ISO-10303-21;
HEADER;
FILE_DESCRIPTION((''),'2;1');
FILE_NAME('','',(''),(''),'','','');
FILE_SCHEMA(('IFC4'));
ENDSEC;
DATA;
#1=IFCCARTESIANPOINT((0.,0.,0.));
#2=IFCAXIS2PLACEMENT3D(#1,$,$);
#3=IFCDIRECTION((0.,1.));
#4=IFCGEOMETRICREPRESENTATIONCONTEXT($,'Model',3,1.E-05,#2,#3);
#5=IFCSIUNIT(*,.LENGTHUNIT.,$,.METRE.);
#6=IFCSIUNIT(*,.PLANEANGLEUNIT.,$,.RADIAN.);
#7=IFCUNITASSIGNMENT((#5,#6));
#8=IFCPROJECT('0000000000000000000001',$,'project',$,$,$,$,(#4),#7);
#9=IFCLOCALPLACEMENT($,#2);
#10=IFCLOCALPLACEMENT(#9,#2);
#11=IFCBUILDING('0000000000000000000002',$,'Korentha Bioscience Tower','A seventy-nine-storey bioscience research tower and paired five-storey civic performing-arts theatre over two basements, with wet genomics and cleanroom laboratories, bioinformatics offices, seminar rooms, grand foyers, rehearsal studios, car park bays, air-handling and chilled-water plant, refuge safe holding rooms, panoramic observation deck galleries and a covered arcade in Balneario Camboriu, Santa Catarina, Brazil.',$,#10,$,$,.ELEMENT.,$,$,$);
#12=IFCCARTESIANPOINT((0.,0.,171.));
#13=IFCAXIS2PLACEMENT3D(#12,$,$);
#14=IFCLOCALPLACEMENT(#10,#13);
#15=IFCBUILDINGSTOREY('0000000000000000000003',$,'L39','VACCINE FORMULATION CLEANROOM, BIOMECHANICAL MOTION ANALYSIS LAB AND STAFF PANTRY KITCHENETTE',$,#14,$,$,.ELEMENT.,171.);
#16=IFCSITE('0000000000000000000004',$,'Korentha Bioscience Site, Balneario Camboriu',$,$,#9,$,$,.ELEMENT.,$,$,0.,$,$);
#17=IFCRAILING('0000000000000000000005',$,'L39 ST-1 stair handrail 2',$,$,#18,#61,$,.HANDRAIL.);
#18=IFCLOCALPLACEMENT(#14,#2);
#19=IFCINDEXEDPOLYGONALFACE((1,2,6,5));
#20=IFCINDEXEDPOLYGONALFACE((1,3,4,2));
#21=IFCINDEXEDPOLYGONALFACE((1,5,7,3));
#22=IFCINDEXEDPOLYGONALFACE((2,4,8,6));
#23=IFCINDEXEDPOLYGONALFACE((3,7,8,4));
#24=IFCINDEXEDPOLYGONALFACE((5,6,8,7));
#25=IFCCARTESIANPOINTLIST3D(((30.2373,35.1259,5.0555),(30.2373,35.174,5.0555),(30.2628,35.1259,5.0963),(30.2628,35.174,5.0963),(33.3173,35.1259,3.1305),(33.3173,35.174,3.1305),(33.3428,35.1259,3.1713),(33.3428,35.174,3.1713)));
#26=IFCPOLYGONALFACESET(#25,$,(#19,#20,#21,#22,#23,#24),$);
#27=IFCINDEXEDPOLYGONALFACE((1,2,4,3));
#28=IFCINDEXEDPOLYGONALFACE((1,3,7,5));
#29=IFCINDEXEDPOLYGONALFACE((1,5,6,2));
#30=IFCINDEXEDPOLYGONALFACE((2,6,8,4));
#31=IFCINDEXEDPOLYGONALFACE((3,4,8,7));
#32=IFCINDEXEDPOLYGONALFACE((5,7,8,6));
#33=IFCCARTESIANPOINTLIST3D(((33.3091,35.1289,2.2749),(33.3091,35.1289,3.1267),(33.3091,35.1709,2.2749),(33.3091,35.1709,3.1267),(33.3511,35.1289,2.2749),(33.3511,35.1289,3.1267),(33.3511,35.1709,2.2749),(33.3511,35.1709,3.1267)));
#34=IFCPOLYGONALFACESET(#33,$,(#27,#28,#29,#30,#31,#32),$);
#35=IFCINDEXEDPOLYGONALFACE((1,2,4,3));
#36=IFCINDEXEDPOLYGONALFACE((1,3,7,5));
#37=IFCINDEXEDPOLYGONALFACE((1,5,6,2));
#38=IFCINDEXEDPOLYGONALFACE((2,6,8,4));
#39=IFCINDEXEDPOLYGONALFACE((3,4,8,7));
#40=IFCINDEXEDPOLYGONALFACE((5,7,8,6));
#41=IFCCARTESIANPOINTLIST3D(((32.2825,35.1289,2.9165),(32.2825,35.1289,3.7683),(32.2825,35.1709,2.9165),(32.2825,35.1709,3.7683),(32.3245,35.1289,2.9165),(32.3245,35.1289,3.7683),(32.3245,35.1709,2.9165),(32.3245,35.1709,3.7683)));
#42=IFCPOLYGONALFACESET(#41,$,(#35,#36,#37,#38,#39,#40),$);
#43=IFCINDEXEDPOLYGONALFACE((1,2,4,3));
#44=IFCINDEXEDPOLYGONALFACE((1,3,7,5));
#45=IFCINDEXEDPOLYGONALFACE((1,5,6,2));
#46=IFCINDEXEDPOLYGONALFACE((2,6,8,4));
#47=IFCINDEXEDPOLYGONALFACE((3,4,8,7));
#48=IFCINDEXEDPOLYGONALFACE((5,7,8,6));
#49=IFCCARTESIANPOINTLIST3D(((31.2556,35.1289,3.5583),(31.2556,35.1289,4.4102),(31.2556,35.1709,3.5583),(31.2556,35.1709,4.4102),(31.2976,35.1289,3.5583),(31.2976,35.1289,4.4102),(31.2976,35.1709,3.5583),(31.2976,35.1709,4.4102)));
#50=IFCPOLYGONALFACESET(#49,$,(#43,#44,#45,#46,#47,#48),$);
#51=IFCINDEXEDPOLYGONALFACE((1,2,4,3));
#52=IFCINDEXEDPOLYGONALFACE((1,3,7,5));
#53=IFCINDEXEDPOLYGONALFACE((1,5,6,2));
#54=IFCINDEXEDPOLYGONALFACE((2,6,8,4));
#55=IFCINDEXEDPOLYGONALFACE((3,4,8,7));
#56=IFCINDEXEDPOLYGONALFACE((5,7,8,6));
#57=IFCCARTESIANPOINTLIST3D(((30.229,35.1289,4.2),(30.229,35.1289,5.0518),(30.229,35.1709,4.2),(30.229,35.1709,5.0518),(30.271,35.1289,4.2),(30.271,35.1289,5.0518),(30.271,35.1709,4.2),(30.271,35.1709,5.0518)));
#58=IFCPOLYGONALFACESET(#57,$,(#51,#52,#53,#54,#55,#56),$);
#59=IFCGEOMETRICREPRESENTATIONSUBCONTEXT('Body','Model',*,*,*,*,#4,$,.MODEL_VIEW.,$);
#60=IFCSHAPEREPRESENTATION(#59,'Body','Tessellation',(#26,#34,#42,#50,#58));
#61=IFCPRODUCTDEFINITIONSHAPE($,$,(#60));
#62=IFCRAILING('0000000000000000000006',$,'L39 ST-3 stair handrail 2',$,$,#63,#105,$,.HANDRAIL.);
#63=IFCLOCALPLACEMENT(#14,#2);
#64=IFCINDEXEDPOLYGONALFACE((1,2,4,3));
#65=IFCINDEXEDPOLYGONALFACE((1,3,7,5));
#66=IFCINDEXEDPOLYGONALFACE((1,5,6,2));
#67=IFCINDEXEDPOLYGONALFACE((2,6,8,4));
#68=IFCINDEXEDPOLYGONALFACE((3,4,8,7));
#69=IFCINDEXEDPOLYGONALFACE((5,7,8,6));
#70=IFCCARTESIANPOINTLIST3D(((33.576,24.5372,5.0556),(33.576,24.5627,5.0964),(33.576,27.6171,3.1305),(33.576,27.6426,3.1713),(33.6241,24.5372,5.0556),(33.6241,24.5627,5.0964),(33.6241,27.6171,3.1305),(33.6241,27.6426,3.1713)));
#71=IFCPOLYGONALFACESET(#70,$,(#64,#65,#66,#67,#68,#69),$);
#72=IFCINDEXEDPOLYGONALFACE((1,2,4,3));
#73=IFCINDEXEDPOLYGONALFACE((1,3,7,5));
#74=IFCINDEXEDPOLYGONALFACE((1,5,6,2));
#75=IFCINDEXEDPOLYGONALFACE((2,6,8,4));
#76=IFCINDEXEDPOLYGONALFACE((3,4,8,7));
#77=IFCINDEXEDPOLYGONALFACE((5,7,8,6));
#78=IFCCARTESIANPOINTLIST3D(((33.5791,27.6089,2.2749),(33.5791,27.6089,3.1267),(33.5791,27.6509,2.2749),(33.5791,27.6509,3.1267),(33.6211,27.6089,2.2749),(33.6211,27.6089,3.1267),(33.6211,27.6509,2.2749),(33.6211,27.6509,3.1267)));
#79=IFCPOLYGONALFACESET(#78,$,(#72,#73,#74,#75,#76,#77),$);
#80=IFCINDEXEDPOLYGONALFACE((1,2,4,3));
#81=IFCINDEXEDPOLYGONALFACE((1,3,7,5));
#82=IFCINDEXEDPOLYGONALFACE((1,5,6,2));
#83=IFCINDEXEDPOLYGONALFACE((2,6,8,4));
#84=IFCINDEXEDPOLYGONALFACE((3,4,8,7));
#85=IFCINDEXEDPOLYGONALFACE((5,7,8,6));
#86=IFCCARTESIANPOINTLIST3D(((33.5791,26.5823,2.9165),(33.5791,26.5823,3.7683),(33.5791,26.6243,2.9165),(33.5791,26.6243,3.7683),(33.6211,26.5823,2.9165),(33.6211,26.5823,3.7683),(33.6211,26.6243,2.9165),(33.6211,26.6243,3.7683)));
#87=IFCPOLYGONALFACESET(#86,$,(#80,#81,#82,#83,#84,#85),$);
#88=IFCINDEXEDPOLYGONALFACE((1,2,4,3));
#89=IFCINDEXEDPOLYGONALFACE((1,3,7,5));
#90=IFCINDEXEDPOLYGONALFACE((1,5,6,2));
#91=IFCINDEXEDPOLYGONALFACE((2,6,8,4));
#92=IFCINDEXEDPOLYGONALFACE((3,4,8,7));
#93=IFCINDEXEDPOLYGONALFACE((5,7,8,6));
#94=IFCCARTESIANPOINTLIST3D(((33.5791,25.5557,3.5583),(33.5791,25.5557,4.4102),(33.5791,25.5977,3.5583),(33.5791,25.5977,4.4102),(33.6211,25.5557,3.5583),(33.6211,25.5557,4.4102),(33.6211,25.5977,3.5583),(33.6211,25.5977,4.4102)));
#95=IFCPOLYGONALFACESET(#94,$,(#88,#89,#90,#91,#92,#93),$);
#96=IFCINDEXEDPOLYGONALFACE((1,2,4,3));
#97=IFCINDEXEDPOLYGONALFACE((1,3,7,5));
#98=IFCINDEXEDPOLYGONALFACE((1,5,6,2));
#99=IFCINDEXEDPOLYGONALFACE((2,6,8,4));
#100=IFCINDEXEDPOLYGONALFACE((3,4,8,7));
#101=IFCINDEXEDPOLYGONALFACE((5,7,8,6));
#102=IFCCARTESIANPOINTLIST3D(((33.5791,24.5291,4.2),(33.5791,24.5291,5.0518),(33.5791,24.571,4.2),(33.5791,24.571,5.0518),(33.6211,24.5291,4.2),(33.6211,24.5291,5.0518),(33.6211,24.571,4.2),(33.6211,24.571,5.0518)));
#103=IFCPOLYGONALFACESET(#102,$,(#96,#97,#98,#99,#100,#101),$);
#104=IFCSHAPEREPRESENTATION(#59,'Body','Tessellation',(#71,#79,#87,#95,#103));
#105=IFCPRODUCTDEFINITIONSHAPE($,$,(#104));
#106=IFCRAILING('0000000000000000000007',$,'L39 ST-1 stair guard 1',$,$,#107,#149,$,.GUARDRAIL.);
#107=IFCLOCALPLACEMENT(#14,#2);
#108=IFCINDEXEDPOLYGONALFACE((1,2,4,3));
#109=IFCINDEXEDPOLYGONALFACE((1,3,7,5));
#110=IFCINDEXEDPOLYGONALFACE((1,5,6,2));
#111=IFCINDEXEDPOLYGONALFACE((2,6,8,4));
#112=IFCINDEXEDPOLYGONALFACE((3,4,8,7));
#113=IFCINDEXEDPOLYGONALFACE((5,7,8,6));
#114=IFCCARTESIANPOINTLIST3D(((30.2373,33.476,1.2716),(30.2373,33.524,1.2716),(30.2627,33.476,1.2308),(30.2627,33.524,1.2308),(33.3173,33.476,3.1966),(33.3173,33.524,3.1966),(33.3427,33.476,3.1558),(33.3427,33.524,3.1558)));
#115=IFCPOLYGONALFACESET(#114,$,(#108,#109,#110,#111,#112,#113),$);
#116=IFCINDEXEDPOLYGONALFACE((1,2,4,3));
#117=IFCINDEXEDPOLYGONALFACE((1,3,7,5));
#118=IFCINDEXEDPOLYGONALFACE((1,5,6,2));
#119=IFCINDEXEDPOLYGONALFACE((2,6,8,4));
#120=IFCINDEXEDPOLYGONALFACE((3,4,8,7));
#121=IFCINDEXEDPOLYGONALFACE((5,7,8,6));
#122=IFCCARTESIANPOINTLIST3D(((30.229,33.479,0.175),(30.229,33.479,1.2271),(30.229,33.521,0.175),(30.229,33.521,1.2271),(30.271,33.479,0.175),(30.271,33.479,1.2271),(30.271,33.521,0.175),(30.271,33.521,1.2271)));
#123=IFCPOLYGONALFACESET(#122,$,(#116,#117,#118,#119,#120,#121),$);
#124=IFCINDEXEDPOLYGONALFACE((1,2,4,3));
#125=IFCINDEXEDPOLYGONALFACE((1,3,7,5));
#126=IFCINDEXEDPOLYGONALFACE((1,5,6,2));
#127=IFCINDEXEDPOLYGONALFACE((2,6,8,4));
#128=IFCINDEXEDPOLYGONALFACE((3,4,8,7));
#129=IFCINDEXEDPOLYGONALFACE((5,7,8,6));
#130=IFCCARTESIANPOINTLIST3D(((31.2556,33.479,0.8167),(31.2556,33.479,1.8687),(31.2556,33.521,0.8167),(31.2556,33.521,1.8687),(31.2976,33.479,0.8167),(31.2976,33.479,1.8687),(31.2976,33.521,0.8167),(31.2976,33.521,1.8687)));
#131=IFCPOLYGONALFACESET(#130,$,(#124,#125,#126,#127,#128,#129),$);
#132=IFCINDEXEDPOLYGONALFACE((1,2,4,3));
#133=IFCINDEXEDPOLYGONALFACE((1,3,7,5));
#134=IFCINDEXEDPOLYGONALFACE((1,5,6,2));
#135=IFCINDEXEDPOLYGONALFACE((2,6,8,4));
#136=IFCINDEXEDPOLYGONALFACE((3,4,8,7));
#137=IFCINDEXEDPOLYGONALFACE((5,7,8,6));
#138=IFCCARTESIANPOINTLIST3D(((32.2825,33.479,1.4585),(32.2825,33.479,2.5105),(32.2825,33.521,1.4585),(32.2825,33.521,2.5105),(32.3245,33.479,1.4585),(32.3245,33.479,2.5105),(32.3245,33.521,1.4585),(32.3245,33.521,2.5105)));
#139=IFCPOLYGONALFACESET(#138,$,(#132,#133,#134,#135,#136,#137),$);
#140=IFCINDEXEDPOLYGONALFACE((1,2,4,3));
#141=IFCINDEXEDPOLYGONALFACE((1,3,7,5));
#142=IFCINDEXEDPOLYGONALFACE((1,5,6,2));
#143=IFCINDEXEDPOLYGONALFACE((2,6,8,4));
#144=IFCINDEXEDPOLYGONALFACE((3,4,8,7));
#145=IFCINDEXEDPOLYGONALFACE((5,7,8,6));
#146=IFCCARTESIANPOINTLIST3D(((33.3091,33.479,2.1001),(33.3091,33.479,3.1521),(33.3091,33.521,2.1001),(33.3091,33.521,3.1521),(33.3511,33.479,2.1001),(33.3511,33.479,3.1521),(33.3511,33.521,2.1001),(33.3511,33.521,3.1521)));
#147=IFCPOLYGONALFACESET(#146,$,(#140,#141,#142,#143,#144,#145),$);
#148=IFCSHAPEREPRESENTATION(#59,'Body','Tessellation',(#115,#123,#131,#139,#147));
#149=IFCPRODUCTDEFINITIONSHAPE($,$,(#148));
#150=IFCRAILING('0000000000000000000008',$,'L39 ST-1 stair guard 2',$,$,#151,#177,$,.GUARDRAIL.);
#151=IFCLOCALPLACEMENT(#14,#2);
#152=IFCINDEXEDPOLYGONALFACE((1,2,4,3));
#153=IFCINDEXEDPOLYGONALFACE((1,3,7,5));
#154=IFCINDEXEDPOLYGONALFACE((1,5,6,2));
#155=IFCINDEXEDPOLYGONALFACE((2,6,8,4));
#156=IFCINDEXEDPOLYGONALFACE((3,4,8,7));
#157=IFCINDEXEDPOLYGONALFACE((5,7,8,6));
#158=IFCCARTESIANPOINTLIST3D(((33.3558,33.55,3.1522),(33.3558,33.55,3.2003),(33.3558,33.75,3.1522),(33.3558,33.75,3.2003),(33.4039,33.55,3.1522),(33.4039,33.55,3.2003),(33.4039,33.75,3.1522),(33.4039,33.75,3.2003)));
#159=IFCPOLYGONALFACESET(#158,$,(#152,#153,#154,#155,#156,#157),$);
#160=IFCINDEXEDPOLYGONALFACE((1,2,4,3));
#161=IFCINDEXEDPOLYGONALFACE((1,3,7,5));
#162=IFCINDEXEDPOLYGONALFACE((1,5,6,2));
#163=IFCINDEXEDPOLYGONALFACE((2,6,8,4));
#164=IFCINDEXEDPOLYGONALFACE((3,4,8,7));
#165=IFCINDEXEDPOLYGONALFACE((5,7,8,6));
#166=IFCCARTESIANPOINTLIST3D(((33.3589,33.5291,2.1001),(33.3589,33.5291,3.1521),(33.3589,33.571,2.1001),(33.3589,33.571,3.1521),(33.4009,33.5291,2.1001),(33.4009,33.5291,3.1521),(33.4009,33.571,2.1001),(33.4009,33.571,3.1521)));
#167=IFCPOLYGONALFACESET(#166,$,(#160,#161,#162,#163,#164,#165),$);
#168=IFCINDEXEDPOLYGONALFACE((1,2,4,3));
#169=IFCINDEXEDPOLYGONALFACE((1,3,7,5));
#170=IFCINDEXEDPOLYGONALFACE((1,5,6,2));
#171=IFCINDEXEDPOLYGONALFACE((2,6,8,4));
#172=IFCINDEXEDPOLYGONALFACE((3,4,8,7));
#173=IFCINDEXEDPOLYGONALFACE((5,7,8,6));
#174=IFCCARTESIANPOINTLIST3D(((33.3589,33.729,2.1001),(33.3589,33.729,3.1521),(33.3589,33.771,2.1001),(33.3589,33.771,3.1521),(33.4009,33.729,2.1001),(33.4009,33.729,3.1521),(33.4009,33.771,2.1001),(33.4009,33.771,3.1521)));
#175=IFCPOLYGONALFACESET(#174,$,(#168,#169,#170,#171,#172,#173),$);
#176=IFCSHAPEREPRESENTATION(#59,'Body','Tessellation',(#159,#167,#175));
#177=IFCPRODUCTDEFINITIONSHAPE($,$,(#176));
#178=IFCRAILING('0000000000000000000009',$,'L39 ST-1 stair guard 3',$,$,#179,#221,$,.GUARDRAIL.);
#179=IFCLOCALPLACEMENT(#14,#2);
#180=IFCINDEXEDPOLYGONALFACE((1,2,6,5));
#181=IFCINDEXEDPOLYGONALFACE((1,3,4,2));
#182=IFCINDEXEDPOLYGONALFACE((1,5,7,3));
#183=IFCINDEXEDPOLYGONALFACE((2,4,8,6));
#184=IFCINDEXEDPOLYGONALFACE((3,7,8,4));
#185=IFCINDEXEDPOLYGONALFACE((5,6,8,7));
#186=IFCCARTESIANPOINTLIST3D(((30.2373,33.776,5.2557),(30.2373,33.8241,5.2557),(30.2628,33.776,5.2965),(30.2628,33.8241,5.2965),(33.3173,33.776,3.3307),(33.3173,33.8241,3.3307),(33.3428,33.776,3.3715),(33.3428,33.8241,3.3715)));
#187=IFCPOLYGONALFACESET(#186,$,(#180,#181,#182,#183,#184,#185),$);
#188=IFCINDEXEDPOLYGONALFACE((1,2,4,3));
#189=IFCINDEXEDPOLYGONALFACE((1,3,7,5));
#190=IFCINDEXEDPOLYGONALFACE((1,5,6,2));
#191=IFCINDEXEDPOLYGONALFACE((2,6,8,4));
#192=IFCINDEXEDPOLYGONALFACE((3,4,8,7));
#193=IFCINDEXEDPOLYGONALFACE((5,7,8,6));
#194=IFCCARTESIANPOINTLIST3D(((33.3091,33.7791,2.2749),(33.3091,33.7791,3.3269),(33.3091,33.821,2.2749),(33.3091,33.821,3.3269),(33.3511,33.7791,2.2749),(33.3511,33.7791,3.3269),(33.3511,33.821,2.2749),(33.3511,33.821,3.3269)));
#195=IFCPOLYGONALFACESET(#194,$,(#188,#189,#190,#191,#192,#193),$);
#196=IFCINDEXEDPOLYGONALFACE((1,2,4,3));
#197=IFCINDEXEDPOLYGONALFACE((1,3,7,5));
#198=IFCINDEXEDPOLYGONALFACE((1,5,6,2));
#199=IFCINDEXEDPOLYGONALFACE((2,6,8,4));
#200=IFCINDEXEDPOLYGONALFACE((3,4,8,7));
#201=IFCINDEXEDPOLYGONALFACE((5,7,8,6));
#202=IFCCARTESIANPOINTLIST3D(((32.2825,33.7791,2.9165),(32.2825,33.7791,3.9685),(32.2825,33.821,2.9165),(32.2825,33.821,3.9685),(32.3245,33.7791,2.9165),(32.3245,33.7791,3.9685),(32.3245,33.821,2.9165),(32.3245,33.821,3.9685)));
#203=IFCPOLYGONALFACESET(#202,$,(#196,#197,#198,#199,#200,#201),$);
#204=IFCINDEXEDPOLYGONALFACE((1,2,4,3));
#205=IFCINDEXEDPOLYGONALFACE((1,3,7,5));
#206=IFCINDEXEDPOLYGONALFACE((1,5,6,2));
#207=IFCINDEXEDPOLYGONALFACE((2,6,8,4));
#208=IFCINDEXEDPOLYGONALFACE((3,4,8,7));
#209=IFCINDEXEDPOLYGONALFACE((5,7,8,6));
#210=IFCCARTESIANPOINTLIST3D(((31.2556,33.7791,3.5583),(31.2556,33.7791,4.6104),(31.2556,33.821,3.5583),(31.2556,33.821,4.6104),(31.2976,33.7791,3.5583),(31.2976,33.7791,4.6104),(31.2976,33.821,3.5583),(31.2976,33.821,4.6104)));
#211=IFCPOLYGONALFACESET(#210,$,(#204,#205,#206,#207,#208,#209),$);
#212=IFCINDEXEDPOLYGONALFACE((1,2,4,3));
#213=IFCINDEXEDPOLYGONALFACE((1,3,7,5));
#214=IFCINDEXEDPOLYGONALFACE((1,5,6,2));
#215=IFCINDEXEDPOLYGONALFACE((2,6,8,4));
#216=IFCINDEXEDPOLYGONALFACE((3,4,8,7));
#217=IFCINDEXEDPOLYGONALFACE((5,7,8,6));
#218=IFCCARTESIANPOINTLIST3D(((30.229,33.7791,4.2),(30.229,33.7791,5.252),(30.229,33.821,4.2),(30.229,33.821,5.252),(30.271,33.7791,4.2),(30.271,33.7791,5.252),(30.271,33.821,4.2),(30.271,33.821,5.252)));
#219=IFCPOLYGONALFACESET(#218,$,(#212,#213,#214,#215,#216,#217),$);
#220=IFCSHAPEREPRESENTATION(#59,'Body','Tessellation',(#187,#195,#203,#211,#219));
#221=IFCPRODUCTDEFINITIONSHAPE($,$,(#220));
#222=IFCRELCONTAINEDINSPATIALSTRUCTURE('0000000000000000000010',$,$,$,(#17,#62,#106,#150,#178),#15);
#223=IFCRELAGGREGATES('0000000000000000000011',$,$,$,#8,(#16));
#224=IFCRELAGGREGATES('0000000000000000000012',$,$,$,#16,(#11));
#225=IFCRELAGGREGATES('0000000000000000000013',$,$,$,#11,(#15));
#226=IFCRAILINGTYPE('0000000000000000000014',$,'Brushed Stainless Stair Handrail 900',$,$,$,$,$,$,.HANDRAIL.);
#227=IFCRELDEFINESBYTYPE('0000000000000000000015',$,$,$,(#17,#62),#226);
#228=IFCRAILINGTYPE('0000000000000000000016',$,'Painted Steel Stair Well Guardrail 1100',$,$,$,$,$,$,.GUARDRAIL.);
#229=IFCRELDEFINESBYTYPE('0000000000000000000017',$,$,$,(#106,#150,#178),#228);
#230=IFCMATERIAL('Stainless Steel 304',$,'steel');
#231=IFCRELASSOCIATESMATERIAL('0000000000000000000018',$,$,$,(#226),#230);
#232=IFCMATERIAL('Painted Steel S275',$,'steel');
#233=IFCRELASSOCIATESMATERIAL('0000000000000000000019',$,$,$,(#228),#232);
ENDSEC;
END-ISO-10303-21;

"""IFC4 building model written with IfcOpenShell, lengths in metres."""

from ifc_helpers import new_model, si_unit, direction, frame, origin, origin_2d, place, context, subcontext, project, spatial, rectangle, extrude, material, type_object, element, save


model = new_model("IFC4")

# Units and contexts
model_context = context("Model", 3, precision=1e-05, world=origin(), true_north=direction((0.0, 1.0)))
body_context = subcontext(model_context, "Body", "Model", "MODEL_VIEW")
ifc_project = project(units=[si_unit("LENGTHUNIT", "METRE"), si_unit("PLANEANGLEUNIT", "RADIAN")], contexts=[model_context])

# Site, building, storey
site_placement = place(None, origin())
site = spatial("IfcSite", under=ifc_project, at=site_placement, Name="Korentha Bioscience Site, Balneario Camboriu", CompositionType="ELEMENT", RefElevation=0.0)
building_placement = place(site_placement, origin())
building = spatial("IfcBuilding", under=site, at=building_placement, Name="Korentha Bioscience Tower", Description="A seventy-nine-storey bioscience research tower and paired five-storey civic performing-arts theatre over two basements, with wet genomics and cleanroom laboratories, bioinformatics offices, seminar rooms, grand foyers, rehearsal studios, car park bays, air-handling and chilled-water plant, refuge safe holding rooms, panoramic observation deck galleries and a covered arcade in Balneario Camboriu, Santa Catarina, Brazil.", CompositionType="ELEMENT")
storey_placement = place(building_placement, frame((0.0, 0.0, 171.0)))
storey = spatial("IfcBuildingStorey", under=building, at=storey_placement, Name="L39", Description="VACCINE FORMULATION CLEANROOM, BIOMECHANICAL MOTION ANALYSIS LAB AND STAFF PANTRY KITCHENETTE", CompositionType="ELEMENT", Elevation=171.0)

# Railings
ifc_material_1 = material(Name="Stainless Steel 304", Category="steel")
railing_type_1 = type_object("IfcRailingType", Name="Brushed Stainless Stair Handrail 900", PredefinedType="HANDRAIL", material=ifc_material_1)
railing_1_placement = place(storey_placement, frame((33.3301, 35.1499, 2.2749)))
element("IfcRailing", 1, at=railing_1_placement, inside=storey, type_object=railing_type_1, Name="L39 ST-1 stair handrail 2", PredefinedType="HANDRAIL", context=body_context, shape_type="SweptSolid", body=[
    extrude(rectangle(XDim=0.0481, YDim=0.0481, at=origin_2d()), frame((0.0, 0.0, 0.876), z_axis=(-0.847998, 0.0, 0.529999), x_axis=(0.0, -1.0, 0.0)), (0.0, 0.0, 1.0), 3.6321),
    extrude(rectangle(XDim=0.042, YDim=0.042, at=origin_2d()), origin(), (0.0, 0.0, 1.0), 0.8518),
    extrude(rectangle(XDim=0.042, YDim=0.042, at=origin_2d()), frame((-1.0266, 0.0, 0.6416)), (0.0, 0.0, 1.0), 0.8518),
    extrude(rectangle(XDim=0.042, YDim=0.042, at=origin_2d()), frame((-2.0535, 0.0, 1.2834)), (0.0, 0.0, 1.0), 0.8518),
    extrude(rectangle(XDim=0.042, YDim=0.042, at=origin_2d()), frame((-3.0801, 0.0, 1.925)), (0.0, 0.0, 1.0), 0.8518),
])
railing_2_placement = place(storey_placement, frame((33.6001, 27.6299, 2.2749)))
element("IfcRailing", 2, at=railing_2_placement, inside=storey, type_object=railing_type_1, Name="L39 ST-3 stair handrail 2", PredefinedType="HANDRAIL", context=body_context, shape_type="SweptSolid", body=[
    extrude(rectangle(XDim=0.0481, YDim=0.0481, at=origin_2d()), frame((0.0, 0.0, 0.876), z_axis=(0.0, -0.847979, 0.530029), x_axis=(1.0, 0.0, 0.0)), (0.0, 0.0, 1.0), 3.6321),
    extrude(rectangle(XDim=0.042, YDim=0.042, at=origin_2d()), origin(), (0.0, 0.0, 1.0), 0.8518),
    extrude(rectangle(XDim=0.042, YDim=0.042, at=origin_2d()), frame((0.0, -1.0266, 0.6416)), (0.0, 0.0, 1.0), 0.8518),
    extrude(rectangle(XDim=0.042, YDim=0.042, at=origin_2d()), frame((0.0, -2.0532, 1.2834)), (0.0, 0.0, 1.0), 0.8518),
    extrude(rectangle(XDim=0.042, YDim=0.042, at=origin_2d()), frame((0.0, -3.0798, 1.925)), (0.0, 0.0, 1.0), 0.8518),
])
ifc_material_2 = material(Name="Painted Steel S275", Category="steel")
railing_type_2 = type_object("IfcRailingType", Name="Painted Steel Stair Well Guardrail 1100", PredefinedType="GUARDRAIL", material=ifc_material_2)
railing_3_placement = place(storey_placement, frame((30.25, 33.5, 0.175)))
element("IfcRailing", 3, at=railing_3_placement, inside=storey, type_object=railing_type_2, Name="L39 ST-1 stair guard 1", PredefinedType="GUARDRAIL", context=body_context, shape_type="SweptSolid", body=[
    extrude(rectangle(XDim=0.0481, YDim=0.0481, at=origin_2d()), frame((0.0, 0.0, 1.0762), z_axis=(0.847998, 0.0, 0.529999), x_axis=(0.0, 1.0, 0.0)), (0.0, 0.0, 1.0), 3.6321),
    extrude(rectangle(XDim=0.042, YDim=0.042, at=origin_2d()), origin(), (0.0, 0.0, 1.0), 1.052),
    extrude(rectangle(XDim=0.042, YDim=0.042, at=origin_2d()), frame((1.0266, 0.0, 0.6416)), (0.0, 0.0, 1.0), 1.052),
    extrude(rectangle(XDim=0.042, YDim=0.042, at=origin_2d()), frame((2.0535, 0.0, 1.2834)), (0.0, 0.0, 1.0), 1.052),
    extrude(rectangle(XDim=0.042, YDim=0.042, at=origin_2d()), frame((3.0801, 0.0, 1.925)), (0.0, 0.0, 1.0), 1.052),
])
railing_4_placement = place(storey_placement, frame((33.3799, 33.55, 2.1001)))
element("IfcRailing", 4, at=railing_4_placement, inside=storey, type_object=railing_type_2, Name="L39 ST-1 stair guard 2", PredefinedType="GUARDRAIL", context=body_context, shape_type="SweptSolid", body=[
    extrude(rectangle(XDim=0.0481, YDim=0.0481, at=origin_2d()), frame((0.0, 0.0, 1.0762), z_axis=(0.0, 1.0, 0.0), x_axis=(-1.0, 0.0, 0.0)), (0.0, 0.0, 1.0), 0.2),
    extrude(rectangle(XDim=0.042, YDim=0.042, at=origin_2d()), origin(), (0.0, 0.0, 1.0), 1.052),
    extrude(rectangle(XDim=0.042, YDim=0.042, at=origin_2d()), frame((0.0, 0.2, 0.0)), (0.0, 0.0, 1.0), 1.052),
])
railing_5_placement = place(storey_placement, frame((33.3301, 33.8, 2.2749)))
element("IfcRailing", 5, at=railing_5_placement, inside=storey, type_object=railing_type_2, Name="L39 ST-1 stair guard 3", PredefinedType="GUARDRAIL", context=body_context, shape_type="SweptSolid", body=[
    extrude(rectangle(XDim=0.0481, YDim=0.0481, at=origin_2d()), frame((0.0, 0.0, 1.0762), z_axis=(-0.847998, 0.0, 0.529999), x_axis=(0.0, -1.0, 0.0)), (0.0, 0.0, 1.0), 3.6321),
    extrude(rectangle(XDim=0.042, YDim=0.042, at=origin_2d()), origin(), (0.0, 0.0, 1.0), 1.052),
    extrude(rectangle(XDim=0.042, YDim=0.042, at=origin_2d()), frame((-1.0266, 0.0, 0.6416)), (0.0, 0.0, 1.0), 1.052),
    extrude(rectangle(XDim=0.042, YDim=0.042, at=origin_2d()), frame((-2.0535, 0.0, 1.2834)), (0.0, 0.0, 1.0), 1.052),
    extrude(rectangle(XDim=0.042, YDim=0.042, at=origin_2d()), frame((-3.0801, 0.0, 1.925)), (0.0, 0.0, 1.0), 1.052),
])

save(model, "model.ifc")
